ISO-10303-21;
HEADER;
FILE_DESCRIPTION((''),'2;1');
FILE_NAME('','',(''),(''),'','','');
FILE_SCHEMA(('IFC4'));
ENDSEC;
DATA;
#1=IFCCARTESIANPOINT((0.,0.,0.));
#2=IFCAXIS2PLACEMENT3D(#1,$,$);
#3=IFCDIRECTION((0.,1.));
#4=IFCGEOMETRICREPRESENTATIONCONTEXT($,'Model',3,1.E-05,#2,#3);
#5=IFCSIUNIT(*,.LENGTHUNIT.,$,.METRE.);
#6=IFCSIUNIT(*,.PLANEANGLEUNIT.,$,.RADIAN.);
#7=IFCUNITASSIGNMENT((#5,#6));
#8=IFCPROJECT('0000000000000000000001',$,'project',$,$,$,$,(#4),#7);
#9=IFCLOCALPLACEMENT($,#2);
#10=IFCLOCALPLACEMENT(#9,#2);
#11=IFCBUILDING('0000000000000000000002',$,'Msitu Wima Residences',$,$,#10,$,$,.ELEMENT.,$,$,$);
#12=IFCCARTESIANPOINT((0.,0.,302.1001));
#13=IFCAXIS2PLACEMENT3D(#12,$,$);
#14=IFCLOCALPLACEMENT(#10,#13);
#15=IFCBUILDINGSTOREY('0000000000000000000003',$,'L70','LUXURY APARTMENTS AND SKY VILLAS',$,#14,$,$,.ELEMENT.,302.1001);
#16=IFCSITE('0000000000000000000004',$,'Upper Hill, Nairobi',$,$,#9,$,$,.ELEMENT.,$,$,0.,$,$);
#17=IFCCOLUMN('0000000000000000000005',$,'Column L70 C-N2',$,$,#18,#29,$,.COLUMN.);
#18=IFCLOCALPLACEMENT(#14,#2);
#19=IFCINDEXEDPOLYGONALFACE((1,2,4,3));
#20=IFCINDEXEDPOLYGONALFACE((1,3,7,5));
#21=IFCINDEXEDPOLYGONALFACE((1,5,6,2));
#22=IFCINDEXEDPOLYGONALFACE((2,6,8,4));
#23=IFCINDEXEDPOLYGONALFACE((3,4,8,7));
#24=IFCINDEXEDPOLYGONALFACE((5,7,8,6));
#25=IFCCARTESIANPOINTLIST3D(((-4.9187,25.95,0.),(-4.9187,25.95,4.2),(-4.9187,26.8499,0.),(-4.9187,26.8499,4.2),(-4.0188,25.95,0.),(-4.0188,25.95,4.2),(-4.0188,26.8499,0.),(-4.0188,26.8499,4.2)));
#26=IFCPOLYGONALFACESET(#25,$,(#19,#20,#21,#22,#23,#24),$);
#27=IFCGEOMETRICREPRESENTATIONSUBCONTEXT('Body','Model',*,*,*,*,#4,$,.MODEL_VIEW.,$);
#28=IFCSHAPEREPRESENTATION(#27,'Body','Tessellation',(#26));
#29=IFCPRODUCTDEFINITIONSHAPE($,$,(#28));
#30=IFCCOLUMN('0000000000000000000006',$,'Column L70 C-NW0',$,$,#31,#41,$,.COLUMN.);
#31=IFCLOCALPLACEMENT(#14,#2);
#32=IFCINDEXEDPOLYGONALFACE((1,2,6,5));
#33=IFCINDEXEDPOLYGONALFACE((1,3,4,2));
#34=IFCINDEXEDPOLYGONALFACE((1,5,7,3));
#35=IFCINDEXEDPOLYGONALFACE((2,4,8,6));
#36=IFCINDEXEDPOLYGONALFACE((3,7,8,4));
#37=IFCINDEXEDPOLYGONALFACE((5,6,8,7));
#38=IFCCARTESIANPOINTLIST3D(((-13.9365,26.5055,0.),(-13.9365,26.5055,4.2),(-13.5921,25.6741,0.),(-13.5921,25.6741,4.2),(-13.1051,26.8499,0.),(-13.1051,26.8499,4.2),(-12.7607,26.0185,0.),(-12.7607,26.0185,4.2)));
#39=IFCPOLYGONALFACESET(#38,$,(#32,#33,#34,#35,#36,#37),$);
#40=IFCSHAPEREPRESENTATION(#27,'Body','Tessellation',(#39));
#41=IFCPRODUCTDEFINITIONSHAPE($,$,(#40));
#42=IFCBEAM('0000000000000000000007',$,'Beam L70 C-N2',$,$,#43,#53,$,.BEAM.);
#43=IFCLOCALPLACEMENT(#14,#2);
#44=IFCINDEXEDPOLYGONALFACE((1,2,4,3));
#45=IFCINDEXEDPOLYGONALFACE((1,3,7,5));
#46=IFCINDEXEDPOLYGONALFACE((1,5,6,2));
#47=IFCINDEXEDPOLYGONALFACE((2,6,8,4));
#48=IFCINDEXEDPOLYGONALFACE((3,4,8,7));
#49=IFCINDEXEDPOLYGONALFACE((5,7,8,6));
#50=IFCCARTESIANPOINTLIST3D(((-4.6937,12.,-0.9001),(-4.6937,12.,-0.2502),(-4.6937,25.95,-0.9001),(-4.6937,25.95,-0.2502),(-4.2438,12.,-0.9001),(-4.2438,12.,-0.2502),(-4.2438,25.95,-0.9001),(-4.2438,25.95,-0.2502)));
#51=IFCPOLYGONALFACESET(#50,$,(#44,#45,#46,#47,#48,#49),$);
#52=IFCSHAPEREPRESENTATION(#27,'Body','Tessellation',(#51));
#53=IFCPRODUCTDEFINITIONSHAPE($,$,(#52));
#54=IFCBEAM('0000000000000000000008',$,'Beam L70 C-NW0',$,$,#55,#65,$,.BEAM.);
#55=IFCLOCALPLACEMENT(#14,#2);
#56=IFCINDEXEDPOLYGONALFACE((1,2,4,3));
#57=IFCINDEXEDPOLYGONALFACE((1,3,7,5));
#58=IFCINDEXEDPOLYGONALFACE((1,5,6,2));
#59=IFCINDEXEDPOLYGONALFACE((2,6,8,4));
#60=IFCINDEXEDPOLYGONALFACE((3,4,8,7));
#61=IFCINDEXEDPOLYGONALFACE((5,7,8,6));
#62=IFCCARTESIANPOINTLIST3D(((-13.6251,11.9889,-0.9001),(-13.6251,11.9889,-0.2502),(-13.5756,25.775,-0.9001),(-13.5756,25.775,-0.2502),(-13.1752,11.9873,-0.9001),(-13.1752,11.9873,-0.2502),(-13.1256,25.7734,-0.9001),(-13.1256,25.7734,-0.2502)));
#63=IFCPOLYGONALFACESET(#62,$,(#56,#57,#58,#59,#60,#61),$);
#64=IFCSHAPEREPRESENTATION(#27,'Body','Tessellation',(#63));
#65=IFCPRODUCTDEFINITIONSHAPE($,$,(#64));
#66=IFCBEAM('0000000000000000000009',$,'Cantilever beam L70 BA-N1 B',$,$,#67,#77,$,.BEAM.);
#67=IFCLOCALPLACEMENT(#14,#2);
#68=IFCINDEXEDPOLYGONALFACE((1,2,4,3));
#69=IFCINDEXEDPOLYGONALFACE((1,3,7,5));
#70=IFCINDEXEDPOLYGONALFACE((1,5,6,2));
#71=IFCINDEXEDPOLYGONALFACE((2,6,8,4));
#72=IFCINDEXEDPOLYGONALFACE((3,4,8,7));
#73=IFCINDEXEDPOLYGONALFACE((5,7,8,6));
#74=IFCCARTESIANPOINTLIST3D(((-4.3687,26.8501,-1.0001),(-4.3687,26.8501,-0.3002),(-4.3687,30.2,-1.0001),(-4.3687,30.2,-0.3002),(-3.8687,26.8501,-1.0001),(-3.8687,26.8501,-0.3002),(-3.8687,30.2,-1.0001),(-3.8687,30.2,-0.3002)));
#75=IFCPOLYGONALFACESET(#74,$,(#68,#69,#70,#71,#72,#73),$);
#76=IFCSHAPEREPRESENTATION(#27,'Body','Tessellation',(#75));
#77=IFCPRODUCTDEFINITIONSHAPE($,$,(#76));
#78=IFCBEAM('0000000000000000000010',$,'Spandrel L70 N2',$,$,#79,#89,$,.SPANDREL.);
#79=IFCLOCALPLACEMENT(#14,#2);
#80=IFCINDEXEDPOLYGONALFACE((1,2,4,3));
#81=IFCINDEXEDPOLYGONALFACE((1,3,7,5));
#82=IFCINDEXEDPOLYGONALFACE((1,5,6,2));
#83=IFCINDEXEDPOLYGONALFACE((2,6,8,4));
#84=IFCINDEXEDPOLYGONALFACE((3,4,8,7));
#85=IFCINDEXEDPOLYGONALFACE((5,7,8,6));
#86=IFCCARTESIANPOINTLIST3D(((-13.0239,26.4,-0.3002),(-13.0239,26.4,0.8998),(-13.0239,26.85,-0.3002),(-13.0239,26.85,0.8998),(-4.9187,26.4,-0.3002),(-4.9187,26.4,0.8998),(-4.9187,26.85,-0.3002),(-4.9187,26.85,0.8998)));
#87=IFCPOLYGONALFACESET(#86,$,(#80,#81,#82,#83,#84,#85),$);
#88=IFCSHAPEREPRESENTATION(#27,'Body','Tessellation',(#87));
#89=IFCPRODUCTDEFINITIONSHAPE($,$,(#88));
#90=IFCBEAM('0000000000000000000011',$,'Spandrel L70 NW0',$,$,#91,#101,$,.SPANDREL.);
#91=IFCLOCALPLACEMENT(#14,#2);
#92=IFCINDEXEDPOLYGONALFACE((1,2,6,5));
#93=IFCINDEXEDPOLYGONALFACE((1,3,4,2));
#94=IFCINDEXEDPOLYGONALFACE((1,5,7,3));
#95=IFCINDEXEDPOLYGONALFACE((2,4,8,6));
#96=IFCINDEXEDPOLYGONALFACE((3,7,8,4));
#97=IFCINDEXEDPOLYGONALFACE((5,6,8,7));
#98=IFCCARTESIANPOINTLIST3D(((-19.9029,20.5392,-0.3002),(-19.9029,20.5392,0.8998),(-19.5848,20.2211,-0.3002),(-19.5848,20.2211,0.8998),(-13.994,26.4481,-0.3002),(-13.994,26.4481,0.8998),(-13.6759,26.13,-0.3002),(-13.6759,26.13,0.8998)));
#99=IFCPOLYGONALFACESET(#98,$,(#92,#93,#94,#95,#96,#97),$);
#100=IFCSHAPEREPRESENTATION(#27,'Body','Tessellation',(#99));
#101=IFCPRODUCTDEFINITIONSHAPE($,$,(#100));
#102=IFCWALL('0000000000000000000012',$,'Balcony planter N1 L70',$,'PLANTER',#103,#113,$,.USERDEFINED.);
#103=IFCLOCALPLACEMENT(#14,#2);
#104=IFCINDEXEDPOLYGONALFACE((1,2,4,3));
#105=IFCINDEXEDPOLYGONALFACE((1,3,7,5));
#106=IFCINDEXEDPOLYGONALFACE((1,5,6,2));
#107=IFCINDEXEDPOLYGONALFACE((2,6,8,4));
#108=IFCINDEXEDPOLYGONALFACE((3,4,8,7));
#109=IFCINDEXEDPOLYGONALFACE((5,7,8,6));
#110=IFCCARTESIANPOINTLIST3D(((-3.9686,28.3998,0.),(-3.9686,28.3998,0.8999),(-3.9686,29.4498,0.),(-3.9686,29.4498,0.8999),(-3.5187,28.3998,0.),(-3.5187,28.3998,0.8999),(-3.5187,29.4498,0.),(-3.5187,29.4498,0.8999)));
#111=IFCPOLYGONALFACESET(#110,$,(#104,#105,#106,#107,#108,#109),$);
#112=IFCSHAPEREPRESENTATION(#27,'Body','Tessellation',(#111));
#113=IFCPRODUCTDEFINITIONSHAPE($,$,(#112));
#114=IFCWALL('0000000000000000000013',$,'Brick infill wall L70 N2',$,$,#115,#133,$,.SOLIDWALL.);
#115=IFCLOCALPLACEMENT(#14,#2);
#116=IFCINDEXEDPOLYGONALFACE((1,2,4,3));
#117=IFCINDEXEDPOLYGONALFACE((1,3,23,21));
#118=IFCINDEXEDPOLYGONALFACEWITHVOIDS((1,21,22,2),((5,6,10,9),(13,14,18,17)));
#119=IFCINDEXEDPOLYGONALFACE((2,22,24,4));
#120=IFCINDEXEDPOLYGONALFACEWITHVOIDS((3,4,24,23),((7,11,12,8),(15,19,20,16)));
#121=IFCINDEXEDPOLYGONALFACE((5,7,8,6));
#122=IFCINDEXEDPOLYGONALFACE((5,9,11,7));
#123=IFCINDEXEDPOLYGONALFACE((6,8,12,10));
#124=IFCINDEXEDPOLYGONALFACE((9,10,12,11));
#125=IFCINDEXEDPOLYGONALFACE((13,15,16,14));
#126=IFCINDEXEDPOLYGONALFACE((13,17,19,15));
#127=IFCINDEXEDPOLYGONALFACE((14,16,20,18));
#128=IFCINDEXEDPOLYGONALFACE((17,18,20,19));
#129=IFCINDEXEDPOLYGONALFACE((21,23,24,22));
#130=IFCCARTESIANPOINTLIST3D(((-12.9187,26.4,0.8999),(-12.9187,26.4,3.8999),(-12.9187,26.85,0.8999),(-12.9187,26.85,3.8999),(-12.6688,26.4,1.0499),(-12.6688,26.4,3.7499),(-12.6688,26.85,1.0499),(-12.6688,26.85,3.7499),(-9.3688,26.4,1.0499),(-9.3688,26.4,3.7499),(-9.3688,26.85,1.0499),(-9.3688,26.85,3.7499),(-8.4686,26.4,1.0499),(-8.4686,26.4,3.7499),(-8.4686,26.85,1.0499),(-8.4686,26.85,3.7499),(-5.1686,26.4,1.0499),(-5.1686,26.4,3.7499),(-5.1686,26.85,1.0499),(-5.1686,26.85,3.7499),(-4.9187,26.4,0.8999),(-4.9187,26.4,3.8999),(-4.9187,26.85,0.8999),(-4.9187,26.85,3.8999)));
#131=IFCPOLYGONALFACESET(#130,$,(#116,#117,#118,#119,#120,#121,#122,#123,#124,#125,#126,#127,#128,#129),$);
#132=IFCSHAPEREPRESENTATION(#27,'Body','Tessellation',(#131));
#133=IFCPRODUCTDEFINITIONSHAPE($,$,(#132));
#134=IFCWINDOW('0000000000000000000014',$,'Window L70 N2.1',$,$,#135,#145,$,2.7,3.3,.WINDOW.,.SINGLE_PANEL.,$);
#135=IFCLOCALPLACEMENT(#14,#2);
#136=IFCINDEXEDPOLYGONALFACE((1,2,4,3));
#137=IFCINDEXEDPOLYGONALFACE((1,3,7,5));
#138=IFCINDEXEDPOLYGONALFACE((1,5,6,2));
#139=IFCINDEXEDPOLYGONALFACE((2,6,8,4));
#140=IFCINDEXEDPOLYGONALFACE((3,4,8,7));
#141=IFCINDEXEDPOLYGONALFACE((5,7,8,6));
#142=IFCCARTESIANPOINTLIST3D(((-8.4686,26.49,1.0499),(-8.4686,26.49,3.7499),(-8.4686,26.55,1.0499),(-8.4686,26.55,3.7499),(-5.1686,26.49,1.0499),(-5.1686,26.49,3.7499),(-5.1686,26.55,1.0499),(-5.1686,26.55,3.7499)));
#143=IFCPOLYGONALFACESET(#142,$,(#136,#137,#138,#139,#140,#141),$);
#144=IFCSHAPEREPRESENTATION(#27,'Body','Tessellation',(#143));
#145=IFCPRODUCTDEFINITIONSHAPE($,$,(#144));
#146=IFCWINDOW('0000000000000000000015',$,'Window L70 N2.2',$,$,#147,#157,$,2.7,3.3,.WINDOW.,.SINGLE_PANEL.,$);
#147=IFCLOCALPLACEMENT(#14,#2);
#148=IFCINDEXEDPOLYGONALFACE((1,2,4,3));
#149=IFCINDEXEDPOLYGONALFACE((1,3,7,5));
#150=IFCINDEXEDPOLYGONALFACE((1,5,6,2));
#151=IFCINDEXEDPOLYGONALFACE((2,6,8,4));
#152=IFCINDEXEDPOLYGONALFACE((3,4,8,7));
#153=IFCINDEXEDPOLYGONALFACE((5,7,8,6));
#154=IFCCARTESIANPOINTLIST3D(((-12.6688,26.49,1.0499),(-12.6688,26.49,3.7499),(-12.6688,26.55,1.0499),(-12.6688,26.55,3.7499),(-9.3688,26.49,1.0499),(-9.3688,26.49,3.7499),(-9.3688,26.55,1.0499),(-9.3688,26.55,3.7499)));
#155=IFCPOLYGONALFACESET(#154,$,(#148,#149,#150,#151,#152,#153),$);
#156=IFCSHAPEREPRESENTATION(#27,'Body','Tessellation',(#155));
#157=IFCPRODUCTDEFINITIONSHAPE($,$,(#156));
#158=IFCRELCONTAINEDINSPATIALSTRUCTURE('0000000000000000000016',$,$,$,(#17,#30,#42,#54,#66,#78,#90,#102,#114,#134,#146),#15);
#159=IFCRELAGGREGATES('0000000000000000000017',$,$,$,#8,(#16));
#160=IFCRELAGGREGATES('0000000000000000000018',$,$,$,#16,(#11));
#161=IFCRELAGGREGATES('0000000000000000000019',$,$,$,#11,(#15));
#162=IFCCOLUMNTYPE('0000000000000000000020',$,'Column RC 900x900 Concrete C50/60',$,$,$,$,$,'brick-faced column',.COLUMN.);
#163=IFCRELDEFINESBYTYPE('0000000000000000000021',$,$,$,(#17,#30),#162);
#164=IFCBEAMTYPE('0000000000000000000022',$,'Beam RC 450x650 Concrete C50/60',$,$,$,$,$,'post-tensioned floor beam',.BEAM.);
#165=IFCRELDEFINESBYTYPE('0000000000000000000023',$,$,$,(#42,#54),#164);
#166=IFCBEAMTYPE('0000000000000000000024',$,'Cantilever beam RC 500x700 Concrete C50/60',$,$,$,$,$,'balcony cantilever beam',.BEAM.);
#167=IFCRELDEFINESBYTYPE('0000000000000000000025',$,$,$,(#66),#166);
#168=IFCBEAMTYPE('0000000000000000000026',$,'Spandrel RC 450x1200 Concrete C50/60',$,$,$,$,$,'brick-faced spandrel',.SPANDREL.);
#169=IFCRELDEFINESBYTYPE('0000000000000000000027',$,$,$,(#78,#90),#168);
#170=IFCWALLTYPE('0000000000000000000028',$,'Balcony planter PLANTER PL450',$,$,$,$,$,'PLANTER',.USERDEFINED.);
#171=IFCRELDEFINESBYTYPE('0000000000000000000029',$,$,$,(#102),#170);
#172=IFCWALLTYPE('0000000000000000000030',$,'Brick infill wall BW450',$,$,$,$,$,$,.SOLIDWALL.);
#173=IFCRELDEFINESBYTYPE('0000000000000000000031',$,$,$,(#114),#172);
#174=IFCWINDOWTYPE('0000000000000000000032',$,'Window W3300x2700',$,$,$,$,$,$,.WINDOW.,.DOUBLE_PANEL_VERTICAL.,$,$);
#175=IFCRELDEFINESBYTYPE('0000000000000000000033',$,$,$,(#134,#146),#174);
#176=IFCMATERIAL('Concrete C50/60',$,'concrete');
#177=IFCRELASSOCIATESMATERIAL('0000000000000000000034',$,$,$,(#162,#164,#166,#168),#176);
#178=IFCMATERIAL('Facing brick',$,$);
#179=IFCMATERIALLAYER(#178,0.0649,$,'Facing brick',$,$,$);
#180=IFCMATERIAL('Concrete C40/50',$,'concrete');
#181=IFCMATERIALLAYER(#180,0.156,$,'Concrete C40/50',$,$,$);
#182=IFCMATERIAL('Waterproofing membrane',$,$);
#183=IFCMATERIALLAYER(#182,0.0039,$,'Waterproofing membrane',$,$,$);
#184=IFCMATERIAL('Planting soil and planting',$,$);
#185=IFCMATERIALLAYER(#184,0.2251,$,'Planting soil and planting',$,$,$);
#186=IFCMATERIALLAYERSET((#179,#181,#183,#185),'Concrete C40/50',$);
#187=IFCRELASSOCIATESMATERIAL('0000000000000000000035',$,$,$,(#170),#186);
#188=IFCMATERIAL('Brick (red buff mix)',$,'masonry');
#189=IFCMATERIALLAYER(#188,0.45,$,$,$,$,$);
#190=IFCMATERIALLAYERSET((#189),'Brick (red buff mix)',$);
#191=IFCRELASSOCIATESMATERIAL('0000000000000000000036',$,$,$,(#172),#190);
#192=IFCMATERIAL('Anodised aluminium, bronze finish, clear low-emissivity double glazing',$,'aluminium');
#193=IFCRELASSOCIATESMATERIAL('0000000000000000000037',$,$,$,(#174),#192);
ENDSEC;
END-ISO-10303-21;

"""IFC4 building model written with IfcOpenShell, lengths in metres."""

from ifc_helpers import new_model, si_unit, direction, frame, frame_2d, origin, origin_2d, place, context, subcontext, project, spatial, rectangle, extrude, material, layer, layer_set, material_profile, profile_set, type_object, element, fill, save


model = new_model("IFC4")

# Units and contexts
model_context = context("Model", 3, precision=1e-05, world=origin(), true_north=direction((0.0, 1.0)))
body_context = subcontext(model_context, "Body", "Model", "MODEL_VIEW")
ifc_project = project(units=[si_unit("LENGTHUNIT", "METRE"), si_unit("PLANEANGLEUNIT", "RADIAN")], contexts=[model_context])

# Site, building, storey
site_placement = place(None, origin())
site = spatial("IfcSite", under=ifc_project, at=site_placement, Name="Upper Hill, Nairobi", CompositionType="ELEMENT", RefElevation=0.0)
building_placement = place(site_placement, origin())
building = spatial("IfcBuilding", under=site, at=building_placement, Name="Msitu Wima Residences", CompositionType="ELEMENT")
storey_placement = place(building_placement, frame((0.0, 0.0, 302.1001)))
storey = spatial("IfcBuildingStorey", under=building, at=storey_placement, Name="L70", Description="LUXURY APARTMENTS AND SKY VILLAS", CompositionType="ELEMENT", Elevation=302.1001)

# Columns
ifc_material_1 = material(Name="Concrete C50/60", Category="concrete")
ifc_material_profile_1 = material_profile(ifc_material_1, rectangle(XDim=0.8999, YDim=0.8999, at=origin_2d()), Name="RC 900x900")
ifc_profile_set_1 = profile_set([ifc_material_profile_1], Name="Concrete C50/60")
column_type = type_object("IfcColumnType", Name="Column RC 900x900 Concrete C50/60", ElementType="brick-faced column", PredefinedType="COLUMN", material=ifc_profile_set_1)
for number, where, z_axis, x_axis, name in (
    (1, (-4.4688, 26.3999, 0.0), (0.0, 0.0, 1.0), (-1.0, 0.0, 0.0), "Column L70 C-N2"),
    (2, (-13.3486, 26.262, 0.0), (0.0, 0.0, 1.0), (-0.92388, -0.382683, 0.0), "Column L70 C-NW0"),
):
    element("IfcColumn", number, at=place(storey_placement, frame(where, z_axis=z_axis, x_axis=x_axis)), inside=storey, type_object=column_type, Name=name, PredefinedType="COLUMN", context=body_context, shape_type="SweptSolid", body=[
        extrude(rectangle(XDim=0.8999, YDim=0.8999, at=origin_2d()), origin(), (0.0, 0.0, 1.0), 4.2),
    ])

# Beams
ifc_material_profile_2 = material_profile(ifc_material_1, rectangle(XDim=0.45, YDim=0.6499, at=origin_2d()), Name="RC 450x650")
ifc_profile_set_2 = profile_set([ifc_material_profile_2], Name="Concrete C50/60")
beam_type_1 = type_object("IfcBeamType", Name="Beam RC 450x650 Concrete C50/60", ElementType="post-tensioned floor beam", PredefinedType="BEAM", material=ifc_profile_set_2)
beam_1_placement = place(storey_placement, frame((-4.4688, 25.95, -0.5752), z_axis=(0.0, -1.0, 0.0), x_axis=(1.0, 0.0, 0.0)))
element("IfcBeam", 3, at=beam_1_placement, inside=storey, type_object=beam_type_1, Name="Beam L70 C-N2", PredefinedType="BEAM", context=body_context, shape_type="SweptSolid", body=[
    extrude(rectangle(XDim=0.45, YDim=0.6499, at=origin_2d()), origin(), (0.0, 0.0, 1.0), 13.95),
])
beam_2_placement = place(storey_placement, frame((-13.3506, 25.7742, -0.5752), z_axis=(-0.003595, -0.999994, 0.0), x_axis=(0.999994, -0.003595, 0.0)))
element("IfcBeam", 4, at=beam_2_placement, inside=storey, type_object=beam_type_1, Name="Beam L70 C-NW0", PredefinedType="BEAM", context=body_context, shape_type="SweptSolid", body=[
    extrude(rectangle(XDim=0.45, YDim=0.6499, at=origin_2d()), origin(), (0.0, 0.0, 1.0), 13.7861),
])
ifc_material_profile_3 = material_profile(ifc_material_1, rectangle(XDim=0.5, YDim=0.7, at=origin_2d()), Name="RC 500x700")
ifc_profile_set_3 = profile_set([ifc_material_profile_3], Name="Concrete C50/60")
beam_type_2 = type_object("IfcBeamType", Name="Cantilever beam RC 500x700 Concrete C50/60", ElementType="balcony cantilever beam", PredefinedType="BEAM", material=ifc_profile_set_3)
beam_3_placement = place(storey_placement, frame((-4.1187, 26.8501, -0.6501), z_axis=(0.0, 1.0, 0.0), x_axis=(-1.0, 0.0, 0.0)))
element("IfcBeam", 5, at=beam_3_placement, inside=storey, type_object=beam_type_2, Name="Cantilever beam L70 BA-N1 B", PredefinedType="BEAM", context=body_context, shape_type="SweptSolid", body=[
    extrude(rectangle(XDim=0.5, YDim=0.7, at=origin_2d()), origin(), (0.0, 0.0, 1.0), 3.3499),
])
ifc_material_profile_4 = material_profile(ifc_material_1, rectangle(XDim=0.45, YDim=1.2, at=origin_2d()), Name="RC 450x1200")
ifc_profile_set_4 = profile_set([ifc_material_profile_4], Name="Concrete C50/60")
beam_type_3 = type_object("IfcBeamType", Name="Spandrel RC 450x1200 Concrete C50/60", ElementType="brick-faced spandrel", PredefinedType="SPANDREL", material=ifc_profile_set_4)
beam_4_placement = place(storey_placement, frame((-4.9187, 26.625, 0.2998), z_axis=(-1.0, 0.0, 0.0), x_axis=(0.0, -1.0, 0.0)))
element("IfcBeam", 6, at=beam_4_placement, inside=storey, type_object=beam_type_3, Name="Spandrel L70 N2", PredefinedType="SPANDREL", context=body_context, shape_type="SweptSolid", body=[
    extrude(rectangle(XDim=0.45, YDim=1.2, at=origin_2d()), origin(), (0.0, 0.0, 1.0), 8.1052),
])
beam_5_placement = place(storey_placement, frame((-13.835, 26.2891, 0.2998), z_axis=(-0.707107, -0.707107, 0.0), x_axis=(0.707107, -0.707107, 0.0)))
element("IfcBeam", 7, at=beam_5_placement, inside=storey, type_object=beam_type_3, Name="Spandrel L70 NW0", PredefinedType="SPANDREL", context=body_context, shape_type="SweptSolid", body=[
    extrude(rectangle(XDim=0.45, YDim=1.2, at=origin_2d()), origin(), (0.0, 0.0, 1.0), 8.3564),
])

# Wall
ifc_material_2 = material(Name="Facing brick")
ifc_layer_1 = layer(ifc_material_2, 0.0649, Name="Facing brick")
ifc_material_3 = material(Name="Concrete C40/50", Category="concrete")
ifc_layer_2 = layer(ifc_material_3, 0.156, Name="Concrete C40/50")
ifc_material_4 = material(Name="Waterproofing membrane")
ifc_layer_3 = layer(ifc_material_4, 0.0039, Name="Waterproofing membrane")
ifc_material_5 = material(Name="Planting soil and planting")
ifc_layer_4 = layer(ifc_material_5, 0.2251, Name="Planting soil and planting")
ifc_layer_set_1 = layer_set([ifc_layer_1, ifc_layer_2, ifc_layer_3, ifc_layer_4], Name="Concrete C40/50")
wall_type_1 = type_object("IfcWallType", Name="Balcony planter PLANTER PL450", ElementType="PLANTER", PredefinedType="USERDEFINED", material=ifc_layer_set_1)
wall_1_placement = place(storey_placement, frame((-3.7437, 28.3999, 0.0), z_axis=(0.0, 0.0, 1.0), x_axis=(0.0, 1.0, 0.0)))
element("IfcWall", 8, at=wall_1_placement, inside=storey, type_object=wall_type_1, Name="Balcony planter N1 L70", ObjectType="PLANTER", PredefinedType="USERDEFINED", context=body_context, shape_type="SweptSolid", body=[
    extrude(rectangle(XDim=1.05, YDim=0.45, at=frame_2d((0.5249, 0.0))), origin(), (0.0, 0.0, 1.0), 0.8999),
])

# Wall, openings, windows
ifc_material_6 = material(Name="Brick (red buff mix)", Category="masonry")
ifc_layer_5 = layer(ifc_material_6, 0.45)
ifc_layer_set_2 = layer_set([ifc_layer_5], Name="Brick (red buff mix)")
wall_type_2 = type_object("IfcWallType", Name="Brick infill wall BW450", PredefinedType="SOLIDWALL", material=ifc_layer_set_2)
wall_2_placement = place(storey_placement, frame((-4.9187, 26.625, 0.8999), z_axis=(0.0, 0.0, 1.0), x_axis=(-1.0, 0.0, 0.0)))
wall_2 = element("IfcWall", 9, at=wall_2_placement, inside=storey, type_object=wall_type_2, Name="Brick infill wall L70 N2", PredefinedType="SOLIDWALL", context=body_context, shape_type="SweptSolid", body=[
    extrude(rectangle(XDim=8.0, YDim=0.45, at=frame_2d((4.0, 0.0))), origin(), (0.0, 0.0, 1.0), 3.0),
])
opening_1_placement = place(wall_2_placement, frame((0.25, 0.0, 0.1499)))
opening_1 = element("IfcOpeningElement", 10, at=opening_1_placement, cuts=wall_2, PredefinedType="OPENING", context=body_context, shape_type="SweptSolid", body=[
    extrude(rectangle(XDim=3.3, YDim=2.7, at=frame_2d((1.6499, 1.3501))), frame((0.0, 0.2349, 0.0), z_axis=(0.0, -1.0, 0.0), x_axis=(1.0, 0.0, 0.0)), (0.0, 0.0, 1.0), 0.47),
])
opening_2_placement = place(wall_2_placement, frame((4.4502, 0.0, 0.1499)))
opening_2 = element("IfcOpeningElement", 11, at=opening_2_placement, cuts=wall_2, PredefinedType="OPENING", context=body_context, shape_type="SweptSolid", body=[
    extrude(rectangle(XDim=3.3, YDim=2.7, at=frame_2d((1.6499, 1.3501))), frame((0.0, 0.2349, 0.0), z_axis=(0.0, -1.0, 0.0), x_axis=(1.0, 0.0, 0.0)), (0.0, 0.0, 1.0), 0.47),
])
ifc_material_7 = material(Name="Anodised aluminium, bronze finish, clear low-emissivity double glazing", Category="aluminium")
window_type = type_object("IfcWindowType", Name="Window W3300x2700", PartitioningType="DOUBLE_PANEL_VERTICAL", PredefinedType="WINDOW", material=ifc_material_7)
window_1_placement = place(opening_1_placement, origin())
window_1 = element("IfcWindow", 12, at=window_1_placement, inside=storey, type_object=window_type, Name="Window L70 N2.1", OverallHeight=2.7, OverallWidth=3.3, PartitioningType="SINGLE_PANEL", PredefinedType="WINDOW", context=body_context, shape_type="SweptSolid", body=[
    extrude(rectangle(XDim=3.3, YDim=2.7, at=frame_2d((1.6499, 1.3501))), frame((0.0, 0.135, 0.0), z_axis=(0.0, -1.0, 0.0), x_axis=(1.0, 0.0, 0.0)), (0.0, 0.0, 1.0), 0.0601),
])
fill(opening_1, window_1)
window_2_placement = place(opening_2_placement, origin())
window_2 = element("IfcWindow", 13, at=window_2_placement, inside=storey, type_object=window_type, Name="Window L70 N2.2", OverallHeight=2.7, OverallWidth=3.3, PartitioningType="SINGLE_PANEL", PredefinedType="WINDOW", context=body_context, shape_type="SweptSolid", body=[
    extrude(rectangle(XDim=3.3, YDim=2.7, at=frame_2d((1.6499, 1.3501))), frame((0.0, 0.135, 0.0), z_axis=(0.0, -1.0, 0.0), x_axis=(1.0, 0.0, 0.0)), (0.0, 0.0, 1.0), 0.0601),
])
fill(opening_2, window_2)

save(model, "model.ifc")
